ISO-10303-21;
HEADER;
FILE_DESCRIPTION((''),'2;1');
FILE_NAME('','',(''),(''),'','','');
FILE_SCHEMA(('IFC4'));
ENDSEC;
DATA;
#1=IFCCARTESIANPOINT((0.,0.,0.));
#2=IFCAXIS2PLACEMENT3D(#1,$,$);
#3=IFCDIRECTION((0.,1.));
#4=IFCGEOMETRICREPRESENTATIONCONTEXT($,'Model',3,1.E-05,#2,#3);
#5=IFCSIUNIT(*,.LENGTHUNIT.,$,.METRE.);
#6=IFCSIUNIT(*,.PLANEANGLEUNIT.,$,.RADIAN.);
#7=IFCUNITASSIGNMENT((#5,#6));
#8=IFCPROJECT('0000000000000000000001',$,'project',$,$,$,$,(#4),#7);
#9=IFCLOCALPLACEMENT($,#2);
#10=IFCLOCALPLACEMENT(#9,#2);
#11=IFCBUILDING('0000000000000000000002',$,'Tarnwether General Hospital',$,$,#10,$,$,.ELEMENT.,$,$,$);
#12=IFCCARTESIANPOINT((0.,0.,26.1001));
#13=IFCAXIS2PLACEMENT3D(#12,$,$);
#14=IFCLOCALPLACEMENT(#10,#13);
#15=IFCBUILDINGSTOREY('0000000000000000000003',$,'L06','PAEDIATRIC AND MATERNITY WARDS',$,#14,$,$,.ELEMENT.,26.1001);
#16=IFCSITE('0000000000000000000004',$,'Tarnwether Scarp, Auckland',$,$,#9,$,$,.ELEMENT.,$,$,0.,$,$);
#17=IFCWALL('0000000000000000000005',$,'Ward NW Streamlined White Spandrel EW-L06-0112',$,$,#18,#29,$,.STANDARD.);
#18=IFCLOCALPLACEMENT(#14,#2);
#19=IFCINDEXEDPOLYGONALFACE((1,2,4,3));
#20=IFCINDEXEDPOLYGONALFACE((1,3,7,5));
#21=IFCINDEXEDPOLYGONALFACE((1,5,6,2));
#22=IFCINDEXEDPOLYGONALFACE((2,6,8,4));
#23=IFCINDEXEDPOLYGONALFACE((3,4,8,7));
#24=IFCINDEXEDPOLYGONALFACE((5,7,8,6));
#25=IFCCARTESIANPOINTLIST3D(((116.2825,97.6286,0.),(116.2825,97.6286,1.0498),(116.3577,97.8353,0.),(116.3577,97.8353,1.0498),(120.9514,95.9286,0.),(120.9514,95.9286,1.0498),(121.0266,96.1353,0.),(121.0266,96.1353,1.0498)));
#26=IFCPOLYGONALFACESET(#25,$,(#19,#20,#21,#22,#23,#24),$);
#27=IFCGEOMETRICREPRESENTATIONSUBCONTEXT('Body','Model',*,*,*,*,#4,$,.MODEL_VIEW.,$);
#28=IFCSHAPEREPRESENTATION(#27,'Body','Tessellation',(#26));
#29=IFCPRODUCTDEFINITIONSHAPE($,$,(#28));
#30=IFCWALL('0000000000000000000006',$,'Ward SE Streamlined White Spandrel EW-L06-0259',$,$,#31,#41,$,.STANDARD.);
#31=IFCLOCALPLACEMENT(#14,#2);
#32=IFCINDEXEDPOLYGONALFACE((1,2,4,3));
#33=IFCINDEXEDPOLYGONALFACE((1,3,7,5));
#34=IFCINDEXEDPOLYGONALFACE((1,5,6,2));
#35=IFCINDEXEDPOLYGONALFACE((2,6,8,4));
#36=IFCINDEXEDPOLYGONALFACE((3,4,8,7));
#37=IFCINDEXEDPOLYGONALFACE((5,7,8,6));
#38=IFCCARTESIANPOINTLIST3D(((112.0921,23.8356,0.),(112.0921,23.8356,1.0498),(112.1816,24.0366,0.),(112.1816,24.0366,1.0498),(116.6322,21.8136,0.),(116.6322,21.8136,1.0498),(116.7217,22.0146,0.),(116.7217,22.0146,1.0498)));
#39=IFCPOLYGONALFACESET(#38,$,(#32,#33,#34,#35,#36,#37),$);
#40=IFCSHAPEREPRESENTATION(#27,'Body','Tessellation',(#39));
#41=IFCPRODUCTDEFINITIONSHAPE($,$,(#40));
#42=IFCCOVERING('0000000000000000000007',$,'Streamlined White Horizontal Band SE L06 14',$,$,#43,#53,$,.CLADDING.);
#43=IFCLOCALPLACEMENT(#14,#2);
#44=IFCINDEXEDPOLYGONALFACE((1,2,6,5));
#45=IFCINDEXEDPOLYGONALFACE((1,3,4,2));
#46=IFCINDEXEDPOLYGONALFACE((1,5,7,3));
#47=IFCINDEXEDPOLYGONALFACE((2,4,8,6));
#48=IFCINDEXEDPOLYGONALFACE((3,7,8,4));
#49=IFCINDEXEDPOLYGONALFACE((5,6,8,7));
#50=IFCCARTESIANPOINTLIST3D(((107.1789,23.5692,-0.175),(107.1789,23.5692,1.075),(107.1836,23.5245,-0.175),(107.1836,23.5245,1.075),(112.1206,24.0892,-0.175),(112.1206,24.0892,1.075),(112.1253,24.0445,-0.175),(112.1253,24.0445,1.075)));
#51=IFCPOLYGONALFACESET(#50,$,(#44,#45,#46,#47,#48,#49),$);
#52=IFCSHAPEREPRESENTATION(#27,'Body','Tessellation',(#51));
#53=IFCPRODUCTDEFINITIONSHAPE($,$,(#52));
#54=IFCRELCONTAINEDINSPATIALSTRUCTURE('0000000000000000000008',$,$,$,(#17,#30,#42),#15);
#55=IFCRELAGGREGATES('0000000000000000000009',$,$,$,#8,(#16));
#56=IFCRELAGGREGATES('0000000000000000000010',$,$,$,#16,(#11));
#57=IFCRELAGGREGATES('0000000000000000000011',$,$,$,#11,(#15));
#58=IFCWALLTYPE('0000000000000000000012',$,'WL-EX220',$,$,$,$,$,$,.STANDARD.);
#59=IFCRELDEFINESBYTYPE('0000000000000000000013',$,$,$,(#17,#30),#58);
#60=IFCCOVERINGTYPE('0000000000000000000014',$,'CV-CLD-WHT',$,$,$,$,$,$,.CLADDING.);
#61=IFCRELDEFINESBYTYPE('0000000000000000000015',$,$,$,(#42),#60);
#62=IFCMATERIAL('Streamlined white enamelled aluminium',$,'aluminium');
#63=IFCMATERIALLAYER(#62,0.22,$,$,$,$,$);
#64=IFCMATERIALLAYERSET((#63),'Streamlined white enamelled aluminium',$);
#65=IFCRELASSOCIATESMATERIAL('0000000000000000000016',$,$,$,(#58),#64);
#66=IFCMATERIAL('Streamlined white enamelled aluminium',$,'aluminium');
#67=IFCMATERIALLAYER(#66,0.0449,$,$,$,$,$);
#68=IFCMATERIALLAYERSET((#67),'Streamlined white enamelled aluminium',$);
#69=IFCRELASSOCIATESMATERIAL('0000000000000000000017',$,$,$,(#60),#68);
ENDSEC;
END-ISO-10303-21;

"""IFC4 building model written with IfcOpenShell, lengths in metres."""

from ifc_helpers import new_model, si_unit, direction, frame, frame_2d, origin, origin_2d, place, context, subcontext, project, spatial, rectangle, extrude, material, layer, layer_set, type_object, element, save


model = new_model("IFC4")

# Units and contexts
model_context = context("Model", 3, precision=1e-05, world=origin(), true_north=direction((0.0, 1.0)))
body_context = subcontext(model_context, "Body", "Model", "MODEL_VIEW")
ifc_project = project(units=[si_unit("LENGTHUNIT", "METRE"), si_unit("PLANEANGLEUNIT", "RADIAN")], contexts=[model_context])

# Site, building, storey
site_placement = place(None, origin())
site = spatial("IfcSite", under=ifc_project, at=site_placement, Name="Tarnwether Scarp, Auckland", CompositionType="ELEMENT", RefElevation=0.0)
building_placement = place(site_placement, origin())
building = spatial("IfcBuilding", under=site, at=building_placement, Name="Tarnwether General Hospital", CompositionType="ELEMENT")
storey_placement = place(building_placement, frame((0.0, 0.0, 26.1001)))
storey = spatial("IfcBuildingStorey", under=building, at=storey_placement, Name="L06", Description="PAEDIATRIC AND MATERNITY WARDS", CompositionType="ELEMENT", Elevation=26.1001)

# Walls
ifc_material_1 = material(Name="Streamlined white enamelled aluminium", Category="aluminium")
ifc_layer_1 = layer(ifc_material_1, 0.22)
ifc_layer_set_1 = layer_set([ifc_layer_1], Name="Streamlined white enamelled aluminium")
wall_type = type_object("IfcWallType", Name="WL-EX220", PredefinedType="STANDARD", material=ifc_layer_set_1)
wall_1_placement = place(storey_placement, frame((120.989, 96.032, 0.0), z_axis=(0.0, 0.0, 1.0), x_axis=(-0.939654, 0.342126, 0.0)))
element("IfcWall", 1, at=wall_1_placement, inside=storey, type_object=wall_type, Name="Ward NW Streamlined White Spandrel EW-L06-0112", PredefinedType="STANDARD", context=body_context, shape_type="SweptSolid", body=[
    extrude(rectangle(XDim=4.9688, YDim=0.22, at=frame_2d((2.4844, 0.0))), origin(), (0.0, 0.0, 1.0), 1.0498),
])
wall_2_placement = place(storey_placement, frame((112.137, 23.936, 0.0), z_axis=(0.0, 0.0, 1.0), x_axis=(0.913499, -0.40684, 0.0)))
element("IfcWall", 2, at=wall_2_placement, inside=storey, type_object=wall_type, Name="Ward SE Streamlined White Spandrel EW-L06-0259", PredefinedType="STANDARD", context=body_context, shape_type="SweptSolid", body=[
    extrude(rectangle(XDim=4.97, YDim=0.22, at=frame_2d((2.4849, 0.0))), origin(), (0.0, 0.0, 1.0), 1.0498),
])

# Covering
ifc_material_2 = material(Name="Streamlined white enamelled aluminium", Category="aluminium")
ifc_layer_2 = layer(ifc_material_2, 0.0449)
ifc_layer_set_2 = layer_set([ifc_layer_2], Name="Streamlined white enamelled aluminium")
covering_type = type_object("IfcCoveringType", Name="CV-CLD-WHT", PredefinedType="CLADDING", material=ifc_layer_set_2)
covering_placement = place(storey_placement, frame((109.6521, 23.8069, -0.175), z_axis=(0.0, 0.0, 1.0), x_axis=(0.994509, 0.10465, 0.0)))
element("IfcCovering", 3, at=covering_placement, inside=storey, type_object=covering_type, Name="Streamlined White Horizontal Band SE L06 14", PredefinedType="CLADDING", context=body_context, shape_type="SweptSolid", body=[
    extrude(rectangle(XDim=4.969, YDim=0.0449, at=origin_2d()), origin(), (0.0, 0.0, 1.0), 1.25),
])

save(model, "model.ifc")
